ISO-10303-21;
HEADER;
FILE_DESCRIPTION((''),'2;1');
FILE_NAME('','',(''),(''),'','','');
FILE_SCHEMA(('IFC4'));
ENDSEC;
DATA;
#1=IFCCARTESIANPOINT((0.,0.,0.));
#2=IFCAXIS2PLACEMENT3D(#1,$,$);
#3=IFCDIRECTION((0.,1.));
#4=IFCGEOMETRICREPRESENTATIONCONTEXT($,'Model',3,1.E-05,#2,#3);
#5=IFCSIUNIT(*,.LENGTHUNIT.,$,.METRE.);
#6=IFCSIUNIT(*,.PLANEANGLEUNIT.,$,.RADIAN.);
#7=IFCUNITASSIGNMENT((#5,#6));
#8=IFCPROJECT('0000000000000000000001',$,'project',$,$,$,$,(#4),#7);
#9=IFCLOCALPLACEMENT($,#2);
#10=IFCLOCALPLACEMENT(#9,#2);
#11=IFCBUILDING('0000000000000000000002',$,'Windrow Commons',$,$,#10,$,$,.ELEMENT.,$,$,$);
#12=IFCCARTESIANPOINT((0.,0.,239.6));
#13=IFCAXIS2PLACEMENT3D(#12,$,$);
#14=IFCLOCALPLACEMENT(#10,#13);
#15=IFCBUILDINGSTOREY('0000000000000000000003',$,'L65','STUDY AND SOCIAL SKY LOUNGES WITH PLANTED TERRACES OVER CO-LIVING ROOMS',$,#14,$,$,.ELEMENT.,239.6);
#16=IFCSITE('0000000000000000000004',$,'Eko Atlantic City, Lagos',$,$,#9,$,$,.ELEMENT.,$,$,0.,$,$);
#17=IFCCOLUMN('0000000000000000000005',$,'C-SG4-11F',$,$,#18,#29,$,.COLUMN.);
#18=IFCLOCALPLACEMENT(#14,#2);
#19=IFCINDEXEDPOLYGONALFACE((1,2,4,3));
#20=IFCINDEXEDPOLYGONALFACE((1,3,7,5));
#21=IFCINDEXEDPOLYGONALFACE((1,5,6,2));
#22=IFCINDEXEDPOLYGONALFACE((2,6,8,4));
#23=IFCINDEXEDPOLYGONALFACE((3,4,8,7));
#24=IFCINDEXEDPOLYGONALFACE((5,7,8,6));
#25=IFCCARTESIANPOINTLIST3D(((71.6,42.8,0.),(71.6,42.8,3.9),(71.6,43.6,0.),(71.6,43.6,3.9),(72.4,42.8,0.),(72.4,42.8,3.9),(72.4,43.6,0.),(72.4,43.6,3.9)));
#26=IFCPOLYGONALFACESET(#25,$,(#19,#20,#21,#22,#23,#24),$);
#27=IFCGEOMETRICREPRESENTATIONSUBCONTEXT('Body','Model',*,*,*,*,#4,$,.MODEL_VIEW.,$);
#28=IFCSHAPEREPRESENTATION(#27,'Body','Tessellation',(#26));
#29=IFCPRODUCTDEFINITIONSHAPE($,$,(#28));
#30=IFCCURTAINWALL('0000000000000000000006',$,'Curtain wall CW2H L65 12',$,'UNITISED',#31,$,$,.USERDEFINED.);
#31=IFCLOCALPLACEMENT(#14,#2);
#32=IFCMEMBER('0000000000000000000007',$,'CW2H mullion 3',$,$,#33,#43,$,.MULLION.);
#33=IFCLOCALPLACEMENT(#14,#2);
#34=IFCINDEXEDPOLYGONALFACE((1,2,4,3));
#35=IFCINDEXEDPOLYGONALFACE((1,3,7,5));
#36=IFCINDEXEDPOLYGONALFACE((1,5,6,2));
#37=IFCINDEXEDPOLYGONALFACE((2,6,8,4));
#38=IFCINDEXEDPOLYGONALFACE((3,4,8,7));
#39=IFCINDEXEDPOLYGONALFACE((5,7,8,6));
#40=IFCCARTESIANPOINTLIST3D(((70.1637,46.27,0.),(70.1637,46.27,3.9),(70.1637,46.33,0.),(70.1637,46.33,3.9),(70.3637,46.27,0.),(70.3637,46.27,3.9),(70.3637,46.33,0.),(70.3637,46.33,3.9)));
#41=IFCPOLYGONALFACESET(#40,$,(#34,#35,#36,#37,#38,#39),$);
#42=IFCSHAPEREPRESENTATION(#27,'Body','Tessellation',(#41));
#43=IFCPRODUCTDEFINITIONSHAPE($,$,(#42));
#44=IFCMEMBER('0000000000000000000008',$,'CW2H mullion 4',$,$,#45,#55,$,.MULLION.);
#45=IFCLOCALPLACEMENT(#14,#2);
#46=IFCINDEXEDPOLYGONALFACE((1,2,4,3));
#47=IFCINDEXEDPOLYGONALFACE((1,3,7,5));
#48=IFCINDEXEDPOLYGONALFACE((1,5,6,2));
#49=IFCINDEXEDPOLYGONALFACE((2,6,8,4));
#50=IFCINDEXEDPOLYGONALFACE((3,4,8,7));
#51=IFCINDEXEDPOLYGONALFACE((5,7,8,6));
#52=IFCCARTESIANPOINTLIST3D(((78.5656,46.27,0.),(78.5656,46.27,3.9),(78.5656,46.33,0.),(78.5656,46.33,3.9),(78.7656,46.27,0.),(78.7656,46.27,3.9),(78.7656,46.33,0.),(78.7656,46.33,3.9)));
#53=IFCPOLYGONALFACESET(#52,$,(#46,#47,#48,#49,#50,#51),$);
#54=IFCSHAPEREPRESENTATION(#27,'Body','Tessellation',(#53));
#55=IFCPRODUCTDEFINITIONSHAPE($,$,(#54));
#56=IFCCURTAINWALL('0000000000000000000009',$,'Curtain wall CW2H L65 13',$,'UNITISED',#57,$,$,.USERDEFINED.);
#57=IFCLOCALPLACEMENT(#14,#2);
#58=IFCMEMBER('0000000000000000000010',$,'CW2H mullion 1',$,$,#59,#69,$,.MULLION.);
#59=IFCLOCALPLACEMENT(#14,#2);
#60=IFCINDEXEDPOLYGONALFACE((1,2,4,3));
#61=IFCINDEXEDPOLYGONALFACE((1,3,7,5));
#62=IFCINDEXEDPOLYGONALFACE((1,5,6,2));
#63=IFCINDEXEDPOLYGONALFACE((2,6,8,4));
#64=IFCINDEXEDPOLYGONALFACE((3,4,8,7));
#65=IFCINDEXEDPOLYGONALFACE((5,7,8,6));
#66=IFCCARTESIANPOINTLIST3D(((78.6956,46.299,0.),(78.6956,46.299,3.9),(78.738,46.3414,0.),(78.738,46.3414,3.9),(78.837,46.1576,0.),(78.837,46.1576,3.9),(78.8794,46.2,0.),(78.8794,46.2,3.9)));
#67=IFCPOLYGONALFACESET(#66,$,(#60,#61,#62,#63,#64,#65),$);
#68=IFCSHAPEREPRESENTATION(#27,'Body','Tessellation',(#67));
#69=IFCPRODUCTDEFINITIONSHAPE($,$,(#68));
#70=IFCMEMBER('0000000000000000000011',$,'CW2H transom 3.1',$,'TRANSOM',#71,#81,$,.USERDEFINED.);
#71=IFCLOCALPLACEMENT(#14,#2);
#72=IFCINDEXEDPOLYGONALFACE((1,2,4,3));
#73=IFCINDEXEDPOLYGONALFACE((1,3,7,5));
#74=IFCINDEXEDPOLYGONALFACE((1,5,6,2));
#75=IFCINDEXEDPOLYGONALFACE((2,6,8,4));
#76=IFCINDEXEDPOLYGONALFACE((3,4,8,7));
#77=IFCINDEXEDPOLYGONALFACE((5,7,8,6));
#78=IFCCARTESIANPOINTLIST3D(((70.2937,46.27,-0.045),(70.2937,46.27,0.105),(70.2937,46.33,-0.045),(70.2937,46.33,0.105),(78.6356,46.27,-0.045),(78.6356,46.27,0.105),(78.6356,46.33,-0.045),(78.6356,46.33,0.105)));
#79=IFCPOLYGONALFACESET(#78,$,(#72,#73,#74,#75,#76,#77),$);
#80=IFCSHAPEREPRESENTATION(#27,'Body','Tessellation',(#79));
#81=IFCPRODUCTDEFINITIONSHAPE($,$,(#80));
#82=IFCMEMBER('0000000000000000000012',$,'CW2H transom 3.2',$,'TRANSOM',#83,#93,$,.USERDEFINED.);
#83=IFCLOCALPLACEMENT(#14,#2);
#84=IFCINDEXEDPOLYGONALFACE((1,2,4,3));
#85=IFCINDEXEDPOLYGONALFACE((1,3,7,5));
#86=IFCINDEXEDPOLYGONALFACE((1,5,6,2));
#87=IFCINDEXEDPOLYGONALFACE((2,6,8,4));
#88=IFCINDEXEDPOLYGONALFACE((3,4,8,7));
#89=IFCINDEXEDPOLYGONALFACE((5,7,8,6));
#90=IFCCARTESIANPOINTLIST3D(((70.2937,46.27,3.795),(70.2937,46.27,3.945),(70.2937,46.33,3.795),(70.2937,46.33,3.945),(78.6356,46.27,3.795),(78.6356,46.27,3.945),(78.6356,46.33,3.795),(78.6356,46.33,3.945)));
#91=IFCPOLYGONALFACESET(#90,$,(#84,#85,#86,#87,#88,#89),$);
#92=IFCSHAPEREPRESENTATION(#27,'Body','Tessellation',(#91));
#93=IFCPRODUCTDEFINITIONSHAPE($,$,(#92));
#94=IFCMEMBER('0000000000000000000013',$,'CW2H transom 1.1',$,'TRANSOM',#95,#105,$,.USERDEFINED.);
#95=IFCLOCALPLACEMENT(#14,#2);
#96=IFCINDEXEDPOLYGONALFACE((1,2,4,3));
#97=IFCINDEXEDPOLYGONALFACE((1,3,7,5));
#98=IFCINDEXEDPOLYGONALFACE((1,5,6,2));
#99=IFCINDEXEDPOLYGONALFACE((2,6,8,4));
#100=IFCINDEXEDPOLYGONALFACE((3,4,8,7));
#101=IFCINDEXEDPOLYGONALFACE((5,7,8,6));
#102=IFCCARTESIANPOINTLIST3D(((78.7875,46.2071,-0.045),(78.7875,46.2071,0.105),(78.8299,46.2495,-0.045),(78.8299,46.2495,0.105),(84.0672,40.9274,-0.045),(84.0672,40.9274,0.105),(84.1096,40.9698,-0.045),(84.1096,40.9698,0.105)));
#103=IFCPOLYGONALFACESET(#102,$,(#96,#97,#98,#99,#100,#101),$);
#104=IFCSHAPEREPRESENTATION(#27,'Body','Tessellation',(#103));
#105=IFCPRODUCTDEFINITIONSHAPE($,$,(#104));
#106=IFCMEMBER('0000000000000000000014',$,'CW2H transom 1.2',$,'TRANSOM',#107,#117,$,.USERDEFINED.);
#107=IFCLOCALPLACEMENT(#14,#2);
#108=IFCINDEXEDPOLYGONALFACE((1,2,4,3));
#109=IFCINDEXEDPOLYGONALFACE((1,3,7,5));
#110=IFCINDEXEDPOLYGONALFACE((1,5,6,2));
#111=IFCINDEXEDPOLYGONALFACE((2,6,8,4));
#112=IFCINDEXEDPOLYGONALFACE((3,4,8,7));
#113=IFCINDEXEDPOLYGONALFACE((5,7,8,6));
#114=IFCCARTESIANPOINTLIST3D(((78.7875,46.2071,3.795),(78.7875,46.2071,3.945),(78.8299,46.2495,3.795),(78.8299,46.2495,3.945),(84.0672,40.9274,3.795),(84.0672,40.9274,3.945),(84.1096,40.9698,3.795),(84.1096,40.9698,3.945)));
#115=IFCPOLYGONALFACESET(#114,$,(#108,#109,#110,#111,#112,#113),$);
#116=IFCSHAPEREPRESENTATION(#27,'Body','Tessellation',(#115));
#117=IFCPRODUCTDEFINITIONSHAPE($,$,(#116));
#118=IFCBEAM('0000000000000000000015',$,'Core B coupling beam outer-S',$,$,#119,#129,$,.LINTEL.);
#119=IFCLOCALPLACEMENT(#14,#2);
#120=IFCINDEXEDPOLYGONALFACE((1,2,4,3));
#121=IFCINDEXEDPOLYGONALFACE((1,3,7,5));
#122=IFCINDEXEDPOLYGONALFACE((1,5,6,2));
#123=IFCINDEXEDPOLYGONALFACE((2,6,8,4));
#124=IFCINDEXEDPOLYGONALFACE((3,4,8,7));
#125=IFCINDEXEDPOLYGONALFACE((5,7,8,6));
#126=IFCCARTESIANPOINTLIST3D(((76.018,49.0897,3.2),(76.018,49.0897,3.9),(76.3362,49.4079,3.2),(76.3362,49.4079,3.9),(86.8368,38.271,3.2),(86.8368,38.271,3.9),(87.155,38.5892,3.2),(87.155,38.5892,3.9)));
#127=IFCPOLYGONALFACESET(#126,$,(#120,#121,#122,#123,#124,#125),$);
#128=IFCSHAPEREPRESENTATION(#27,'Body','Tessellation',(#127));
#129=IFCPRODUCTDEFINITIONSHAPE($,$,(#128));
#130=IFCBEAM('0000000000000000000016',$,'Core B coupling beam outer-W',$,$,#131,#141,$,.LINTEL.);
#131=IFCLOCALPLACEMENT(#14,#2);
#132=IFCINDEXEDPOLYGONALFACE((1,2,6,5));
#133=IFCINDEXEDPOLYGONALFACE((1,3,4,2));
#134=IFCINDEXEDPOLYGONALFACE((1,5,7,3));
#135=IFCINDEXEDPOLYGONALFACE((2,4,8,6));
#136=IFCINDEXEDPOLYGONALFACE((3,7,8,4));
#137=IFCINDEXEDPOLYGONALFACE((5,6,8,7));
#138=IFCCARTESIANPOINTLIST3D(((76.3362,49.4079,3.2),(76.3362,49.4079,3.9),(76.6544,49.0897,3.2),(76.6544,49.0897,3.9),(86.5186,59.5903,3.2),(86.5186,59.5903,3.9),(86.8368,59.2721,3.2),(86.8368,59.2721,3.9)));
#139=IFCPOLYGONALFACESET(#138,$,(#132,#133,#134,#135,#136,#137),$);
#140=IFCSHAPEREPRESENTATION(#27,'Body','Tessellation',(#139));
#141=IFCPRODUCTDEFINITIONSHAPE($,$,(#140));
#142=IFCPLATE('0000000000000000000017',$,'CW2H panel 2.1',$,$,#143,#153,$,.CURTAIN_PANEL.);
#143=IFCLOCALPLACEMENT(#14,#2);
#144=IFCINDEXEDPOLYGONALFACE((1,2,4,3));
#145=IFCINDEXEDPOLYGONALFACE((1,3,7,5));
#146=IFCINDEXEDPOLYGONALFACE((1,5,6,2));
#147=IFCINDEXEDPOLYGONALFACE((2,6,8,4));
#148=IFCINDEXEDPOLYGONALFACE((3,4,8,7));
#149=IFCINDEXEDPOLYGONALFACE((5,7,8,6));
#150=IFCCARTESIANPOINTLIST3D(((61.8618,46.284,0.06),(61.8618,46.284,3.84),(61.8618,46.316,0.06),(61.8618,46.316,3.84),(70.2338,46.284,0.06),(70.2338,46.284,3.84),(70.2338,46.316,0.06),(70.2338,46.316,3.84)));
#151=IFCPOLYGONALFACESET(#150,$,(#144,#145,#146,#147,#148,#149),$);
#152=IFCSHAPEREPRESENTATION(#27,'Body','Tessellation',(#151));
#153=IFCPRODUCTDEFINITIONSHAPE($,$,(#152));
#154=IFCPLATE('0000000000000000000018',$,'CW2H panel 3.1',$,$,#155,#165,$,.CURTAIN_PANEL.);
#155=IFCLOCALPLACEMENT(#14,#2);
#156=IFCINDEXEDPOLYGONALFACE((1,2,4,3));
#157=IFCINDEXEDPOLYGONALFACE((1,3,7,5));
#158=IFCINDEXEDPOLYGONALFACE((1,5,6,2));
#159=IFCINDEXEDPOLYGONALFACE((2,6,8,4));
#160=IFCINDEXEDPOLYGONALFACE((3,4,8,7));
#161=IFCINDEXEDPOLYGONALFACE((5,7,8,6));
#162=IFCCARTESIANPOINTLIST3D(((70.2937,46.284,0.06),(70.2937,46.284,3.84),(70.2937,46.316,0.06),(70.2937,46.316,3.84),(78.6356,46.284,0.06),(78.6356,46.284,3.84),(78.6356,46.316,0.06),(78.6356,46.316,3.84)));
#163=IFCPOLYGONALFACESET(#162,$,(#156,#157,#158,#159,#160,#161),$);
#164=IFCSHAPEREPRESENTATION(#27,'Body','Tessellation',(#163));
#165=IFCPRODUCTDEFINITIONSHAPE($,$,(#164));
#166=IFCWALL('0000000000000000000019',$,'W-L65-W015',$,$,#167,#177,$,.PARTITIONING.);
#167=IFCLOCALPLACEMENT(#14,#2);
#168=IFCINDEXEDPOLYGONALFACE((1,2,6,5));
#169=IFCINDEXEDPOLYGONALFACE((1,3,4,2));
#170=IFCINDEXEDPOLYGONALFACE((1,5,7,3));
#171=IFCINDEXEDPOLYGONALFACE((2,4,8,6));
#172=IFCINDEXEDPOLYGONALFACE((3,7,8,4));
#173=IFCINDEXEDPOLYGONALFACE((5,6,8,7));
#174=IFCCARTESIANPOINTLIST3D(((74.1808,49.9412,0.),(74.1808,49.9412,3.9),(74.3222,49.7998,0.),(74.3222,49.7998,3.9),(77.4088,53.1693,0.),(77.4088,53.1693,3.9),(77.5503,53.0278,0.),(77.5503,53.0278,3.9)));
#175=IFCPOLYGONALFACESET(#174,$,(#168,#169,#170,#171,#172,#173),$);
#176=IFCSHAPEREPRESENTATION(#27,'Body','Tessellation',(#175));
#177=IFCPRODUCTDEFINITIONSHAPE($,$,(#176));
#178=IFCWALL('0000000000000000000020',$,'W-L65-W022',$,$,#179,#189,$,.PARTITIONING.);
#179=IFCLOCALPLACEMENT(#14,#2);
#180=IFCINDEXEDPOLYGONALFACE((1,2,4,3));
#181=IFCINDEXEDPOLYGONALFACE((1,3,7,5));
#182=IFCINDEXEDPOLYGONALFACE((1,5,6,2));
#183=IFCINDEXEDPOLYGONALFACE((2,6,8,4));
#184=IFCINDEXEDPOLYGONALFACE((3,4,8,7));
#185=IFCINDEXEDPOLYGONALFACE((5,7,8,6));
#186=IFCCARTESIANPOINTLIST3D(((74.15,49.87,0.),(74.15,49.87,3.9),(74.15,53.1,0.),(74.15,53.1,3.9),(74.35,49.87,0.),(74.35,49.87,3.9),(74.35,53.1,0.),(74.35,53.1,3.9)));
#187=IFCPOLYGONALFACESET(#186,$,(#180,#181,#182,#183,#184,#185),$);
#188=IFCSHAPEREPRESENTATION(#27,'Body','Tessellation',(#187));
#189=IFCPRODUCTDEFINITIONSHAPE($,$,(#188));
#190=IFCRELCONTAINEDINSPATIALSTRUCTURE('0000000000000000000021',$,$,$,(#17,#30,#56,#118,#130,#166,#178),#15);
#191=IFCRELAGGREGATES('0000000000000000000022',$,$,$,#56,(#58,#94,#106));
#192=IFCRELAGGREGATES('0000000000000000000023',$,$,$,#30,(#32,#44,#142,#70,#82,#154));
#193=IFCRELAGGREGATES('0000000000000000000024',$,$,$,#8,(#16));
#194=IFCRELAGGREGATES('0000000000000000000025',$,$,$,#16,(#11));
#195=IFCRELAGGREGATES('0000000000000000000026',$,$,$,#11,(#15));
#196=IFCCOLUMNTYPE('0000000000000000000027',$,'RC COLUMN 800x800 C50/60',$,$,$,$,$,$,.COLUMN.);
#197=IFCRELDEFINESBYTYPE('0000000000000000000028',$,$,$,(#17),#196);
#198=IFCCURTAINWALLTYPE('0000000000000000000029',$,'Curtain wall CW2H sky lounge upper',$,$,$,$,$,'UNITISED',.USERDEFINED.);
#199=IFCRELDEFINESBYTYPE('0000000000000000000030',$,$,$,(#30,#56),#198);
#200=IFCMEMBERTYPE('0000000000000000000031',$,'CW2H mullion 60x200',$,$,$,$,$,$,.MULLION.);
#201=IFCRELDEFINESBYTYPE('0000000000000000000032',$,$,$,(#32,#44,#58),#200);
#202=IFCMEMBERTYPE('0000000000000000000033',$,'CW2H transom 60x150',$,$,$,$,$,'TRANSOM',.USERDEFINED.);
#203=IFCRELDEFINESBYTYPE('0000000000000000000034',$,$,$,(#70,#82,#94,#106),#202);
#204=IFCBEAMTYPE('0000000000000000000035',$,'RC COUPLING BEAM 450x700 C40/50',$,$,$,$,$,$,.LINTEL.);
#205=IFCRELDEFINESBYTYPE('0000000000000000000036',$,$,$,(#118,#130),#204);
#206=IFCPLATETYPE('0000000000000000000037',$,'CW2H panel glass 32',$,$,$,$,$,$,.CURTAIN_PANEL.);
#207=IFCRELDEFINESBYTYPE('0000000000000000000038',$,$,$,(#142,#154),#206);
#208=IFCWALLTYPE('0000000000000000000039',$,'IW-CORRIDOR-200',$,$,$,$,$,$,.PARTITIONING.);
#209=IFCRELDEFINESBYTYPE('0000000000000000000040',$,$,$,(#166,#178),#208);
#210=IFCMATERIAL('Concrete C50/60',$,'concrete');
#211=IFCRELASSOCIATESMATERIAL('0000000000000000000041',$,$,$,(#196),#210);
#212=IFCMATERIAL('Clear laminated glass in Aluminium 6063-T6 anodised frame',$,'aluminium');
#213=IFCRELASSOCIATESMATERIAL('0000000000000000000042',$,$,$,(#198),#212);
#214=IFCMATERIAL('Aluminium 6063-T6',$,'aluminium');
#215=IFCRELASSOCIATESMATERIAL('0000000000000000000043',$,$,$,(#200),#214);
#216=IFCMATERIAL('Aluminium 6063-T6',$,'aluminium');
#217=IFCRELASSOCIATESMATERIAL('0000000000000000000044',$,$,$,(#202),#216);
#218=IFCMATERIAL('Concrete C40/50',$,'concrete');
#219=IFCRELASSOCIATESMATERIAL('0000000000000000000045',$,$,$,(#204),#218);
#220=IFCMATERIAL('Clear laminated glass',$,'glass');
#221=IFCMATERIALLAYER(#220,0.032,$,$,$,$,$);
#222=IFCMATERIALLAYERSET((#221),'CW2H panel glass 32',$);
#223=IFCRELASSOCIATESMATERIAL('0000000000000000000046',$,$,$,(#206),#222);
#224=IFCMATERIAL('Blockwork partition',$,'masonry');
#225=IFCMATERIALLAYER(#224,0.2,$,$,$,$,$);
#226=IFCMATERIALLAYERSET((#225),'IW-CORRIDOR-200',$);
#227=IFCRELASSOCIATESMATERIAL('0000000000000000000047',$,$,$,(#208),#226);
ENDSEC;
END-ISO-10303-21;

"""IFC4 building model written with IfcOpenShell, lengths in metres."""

from ifc_helpers import new_model, si_unit, direction, frame, frame_2d, origin, origin_2d, place, context, subcontext, project, spatial, rectangle, extrude, material, layer, layer_set, material_profile, profile_set, type_object, element, aggregate, save


model = new_model("IFC4")

# Units and contexts
model_context = context("Model", 3, precision=1e-05, world=origin(), true_north=direction((0.0, 1.0)))
body_context = subcontext(model_context, "Body", "Model", "MODEL_VIEW")
ifc_project = project(units=[si_unit("LENGTHUNIT", "METRE"), si_unit("PLANEANGLEUNIT", "RADIAN")], contexts=[model_context])

# Site, building, storey
site_placement = place(None, origin())
site = spatial("IfcSite", under=ifc_project, at=site_placement, Name="Eko Atlantic City, Lagos", CompositionType="ELEMENT", RefElevation=0.0)
building_placement = place(site_placement, origin())
building = spatial("IfcBuilding", under=site, at=building_placement, Name="Windrow Commons", CompositionType="ELEMENT")
storey_placement = place(building_placement, frame((0.0, 0.0, 239.6)))
storey = spatial("IfcBuildingStorey", under=building, at=storey_placement, Name="L65", Description="STUDY AND SOCIAL SKY LOUNGES WITH PLANTED TERRACES OVER CO-LIVING ROOMS", CompositionType="ELEMENT", Elevation=239.6)

# Column
ifc_material_1 = material(Name="Concrete C50/60", Category="concrete")
ifc_material_profile_1 = material_profile(ifc_material_1, rectangle(XDim=0.8, YDim=0.8, at=origin_2d()))
ifc_profile_set_1 = profile_set([ifc_material_profile_1], Name="Concrete C50/60")
column_type = type_object("IfcColumnType", Name="RC COLUMN 800x800 C50/60", PredefinedType="COLUMN", material=ifc_profile_set_1)
column_placement = place(storey_placement, frame((72.0, 43.2, 0.0), z_axis=(0.0, 0.0, 1.0), x_axis=(1.0, 0.0, 0.0)))
element("IfcColumn", 1, at=column_placement, inside=storey, type_object=column_type, Name="C-SG4-11F", PredefinedType="COLUMN", context=body_context, shape_type="SweptSolid", body=[
    extrude(rectangle(XDim=0.8, YDim=0.8, at=origin_2d()), origin(), (0.0, 0.0, 1.0), 3.9),
])

# Curtain wall, members
ifc_material_2 = material(Name="Clear laminated glass in Aluminium 6063-T6 anodised frame", Category="aluminium")
curtain_wall_type = type_object("IfcCurtainWallType", Name="Curtain wall CW2H sky lounge upper", ElementType="UNITISED", PredefinedType="USERDEFINED", material=ifc_material_2)
placement = place(storey_placement, origin())
curtain_wall_1 = element("IfcCurtainWall", 2, at=placement, inside=storey, type_object=curtain_wall_type, Name="Curtain wall CW2H L65 12", ObjectType="UNITISED", PredefinedType="USERDEFINED")
ifc_material_3 = material(Name="Aluminium 6063-T6", Category="aluminium")
ifc_material_profile_2 = material_profile(ifc_material_3, rectangle(XDim=0.06, YDim=0.2, at=origin_2d()))
ifc_profile_set_2 = profile_set([ifc_material_profile_2], Name="Aluminium 6063-T6")
member_type_1 = type_object("IfcMemberType", Name="CW2H mullion 60x200", PredefinedType="MULLION", material=ifc_profile_set_2)
member_1_placement = place(storey_placement, frame((70.2637, 46.3, 0.0), z_axis=(0.0, 0.0, 1.0), x_axis=(0.0, 1.0, 0.0)))
member_1 = element("IfcMember", 3, at=member_1_placement, type_object=member_type_1, Name="CW2H mullion 3", PredefinedType="MULLION", context=body_context, shape_type="SweptSolid", body=[
    extrude(rectangle(XDim=0.06, YDim=0.2, at=origin_2d()), origin(), (0.0, 0.0, 1.0), 3.9),
])
member_2_placement = place(storey_placement, frame((78.6656, 46.3, 0.0), z_axis=(0.0, 0.0, 1.0), x_axis=(0.0, 1.0, 0.0)))
member_2 = element("IfcMember", 4, at=member_2_placement, type_object=member_type_1, Name="CW2H mullion 4", PredefinedType="MULLION", context=body_context, shape_type="SweptSolid", body=[
    extrude(rectangle(XDim=0.06, YDim=0.2, at=origin_2d()), origin(), (0.0, 0.0, 1.0), 3.9),
])

# Curtain wall, member
curtain_wall_2 = element("IfcCurtainWall", 5, at=placement, inside=storey, type_object=curtain_wall_type, Name="Curtain wall CW2H L65 13", ObjectType="UNITISED", PredefinedType="USERDEFINED")
member_3_placement = place(storey_placement, frame((78.7875, 46.2495, 0.0), z_axis=(0.0, 0.0, 1.0), x_axis=(0.707107, 0.707107, 0.0)))
member_3 = element("IfcMember", 6, at=member_3_placement, type_object=member_type_1, Name="CW2H mullion 1", PredefinedType="MULLION", context=body_context, shape_type="SweptSolid", body=[
    extrude(rectangle(XDim=0.06, YDim=0.2, at=origin_2d()), origin(), (0.0, 0.0, 1.0), 3.9),
])

# Members
ifc_material_4 = material(Name="Aluminium 6063-T6", Category="aluminium")
ifc_material_profile_3 = material_profile(ifc_material_4, rectangle(XDim=0.06, YDim=0.15, at=origin_2d()))
ifc_profile_set_3 = profile_set([ifc_material_profile_3], Name="Aluminium 6063-T6")
member_type_2 = type_object("IfcMemberType", Name="CW2H transom 60x150", ElementType="TRANSOM", PredefinedType="USERDEFINED", material=ifc_profile_set_3)
member_4_placement = place(storey_placement, frame((70.2937, 46.3, 0.03), z_axis=(1.0, 0.0, 0.0), x_axis=(0.0, 1.0, 0.0)))
member_4 = element("IfcMember", 7, at=member_4_placement, type_object=member_type_2, Name="CW2H transom 3.1", ObjectType="TRANSOM", PredefinedType="USERDEFINED", context=body_context, shape_type="SweptSolid", body=[
    extrude(rectangle(XDim=0.06, YDim=0.15, at=origin_2d()), origin(), (0.0, 0.0, 1.0), 8.3419),
])
member_5_placement = place(storey_placement, frame((70.2937, 46.3, 3.87), z_axis=(1.0, 0.0, 0.0), x_axis=(0.0, 1.0, 0.0)))
member_5 = element("IfcMember", 8, at=member_5_placement, type_object=member_type_2, Name="CW2H transom 3.2", ObjectType="TRANSOM", PredefinedType="USERDEFINED", context=body_context, shape_type="SweptSolid", body=[
    extrude(rectangle(XDim=0.06, YDim=0.15, at=origin_2d()), origin(), (0.0, 0.0, 1.0), 8.3419),
])
member_6_placement = place(storey_placement, frame((78.8087, 46.2283, 0.03), z_axis=(0.707107, -0.707107, 0.0), x_axis=(0.707107, 0.707107, 0.0)))
member_6 = element("IfcMember", 9, at=member_6_placement, type_object=member_type_2, Name="CW2H transom 1.1", ObjectType="TRANSOM", PredefinedType="USERDEFINED", context=body_context, shape_type="SweptSolid", body=[
    extrude(rectangle(XDim=0.06, YDim=0.15, at=origin_2d()), origin(), (0.0, 0.0, 1.0), 7.4666),
])
member_7_placement = place(storey_placement, frame((78.8087, 46.2283, 3.87), z_axis=(0.707107, -0.707107, 0.0), x_axis=(0.707107, 0.707107, 0.0)))
member_7 = element("IfcMember", 10, at=member_7_placement, type_object=member_type_2, Name="CW2H transom 1.2", ObjectType="TRANSOM", PredefinedType="USERDEFINED", context=body_context, shape_type="SweptSolid", body=[
    extrude(rectangle(XDim=0.06, YDim=0.15, at=origin_2d()), origin(), (0.0, 0.0, 1.0), 7.4666),
])
aggregate(curtain_wall_2, [member_3, member_6, member_7])

# Beams
ifc_material_5 = material(Name="Concrete C40/50", Category="concrete")
ifc_material_profile_4 = material_profile(ifc_material_5, rectangle(XDim=0.45, YDim=0.7, at=origin_2d()))
ifc_profile_set_4 = profile_set([ifc_material_profile_4], Name="Concrete C40/50")
beam_type = type_object("IfcBeamType", Name="RC COUPLING BEAM 450x700 C40/50", PredefinedType="LINTEL", material=ifc_profile_set_4)
beam_1_placement = place(storey_placement, frame((76.1771, 49.2488, 3.55), z_axis=(0.70711, -0.707104, 0.0), x_axis=(0.707104, 0.70711, 0.0)))
element("IfcBeam", 11, at=beam_1_placement, inside=storey, type_object=beam_type, Name="Core B coupling beam outer-S", PredefinedType="LINTEL", context=body_context, shape_type="SweptSolid", body=[
    extrude(rectangle(XDim=0.45, YDim=0.7, at=origin_2d()), origin(), (0.0, 0.0, 1.0), 15.3),
])
beam_2_placement = place(storey_placement, frame((76.4953, 49.2488, 3.55), z_axis=(0.707107, 0.707107, 0.0), x_axis=(-0.707107, 0.707107, 0.0)))
element("IfcBeam", 12, at=beam_2_placement, inside=storey, type_object=beam_type, Name="Core B coupling beam outer-W", PredefinedType="LINTEL", context=body_context, shape_type="SweptSolid", body=[
    extrude(rectangle(XDim=0.45, YDim=0.7, at=origin_2d()), origin(), (0.0, 0.0, 1.0), 14.4001),
])

# Plates
ifc_material_6 = material(Name="Clear laminated glass", Category="glass")
ifc_layer_1 = layer(ifc_material_6, 0.032)
ifc_layer_set_1 = layer_set([ifc_layer_1], Name="CW2H panel glass 32")
plate_type = type_object("IfcPlateType", Name="CW2H panel glass 32", PredefinedType="CURTAIN_PANEL", material=ifc_layer_set_1)
plate_1_placement = place(storey_placement, frame((66.0478, 46.3, 0.06), z_axis=(0.0, 0.0, 1.0), x_axis=(1.0, 0.0, 0.0)))
plate_1 = element("IfcPlate", 13, at=plate_1_placement, type_object=plate_type, Name="CW2H panel 2.1", PredefinedType="CURTAIN_PANEL", context=body_context, shape_type="SweptSolid", body=[
    extrude(rectangle(XDim=8.3719, YDim=0.032, at=origin_2d()), origin(), (0.0, 0.0, 1.0), 3.78),
])
plate_2_placement = place(storey_placement, frame((74.4647, 46.3, 0.06), z_axis=(0.0, 0.0, 1.0), x_axis=(1.0, 0.0, 0.0)))
plate_2 = element("IfcPlate", 14, at=plate_2_placement, type_object=plate_type, Name="CW2H panel 3.1", PredefinedType="CURTAIN_PANEL", context=body_context, shape_type="SweptSolid", body=[
    extrude(rectangle(XDim=8.3419, YDim=0.032, at=origin_2d()), origin(), (0.0, 0.0, 1.0), 3.78),
])
aggregate(curtain_wall_1, [member_1, member_2, plate_1, member_4, member_5, plate_2])

# Walls
ifc_material_7 = material(Name="Blockwork partition", Category="masonry")
ifc_layer_2 = layer(ifc_material_7, 0.2)
ifc_layer_set_2 = layer_set([ifc_layer_2], Name="IW-CORRIDOR-200")
wall_type_1 = type_object("IfcWallType", Name="IW-CORRIDOR-200", PredefinedType="PARTITIONING", material=ifc_layer_set_2)
wall_1_placement = place(storey_placement, frame((74.2515, 49.8705, 0.0), z_axis=(0.0, 0.0, 1.0), x_axis=(0.707107, 0.707107, 0.0)))
element("IfcWall", 15, at=wall_1_placement, inside=storey, type_object=wall_type_1, Name="W-L65-W015", PredefinedType="PARTITIONING", context=body_context, shape_type="SweptSolid", body=[
    extrude(rectangle(XDim=4.5651, YDim=0.2, at=frame_2d((2.2826, 0.0))), origin(), (0.0, 0.0, 1.0), 3.9),
])
wall_2_placement = place(storey_placement, frame((74.25, 49.87, 0.0), z_axis=(0.0, 0.0, 1.0), x_axis=(0.0, 1.0, 0.0)))
element("IfcWall", 16, at=wall_2_placement, inside=storey, type_object=wall_type_1, Name="W-L65-W022", PredefinedType="PARTITIONING", context=body_context, shape_type="SweptSolid", body=[
    extrude(rectangle(XDim=3.23, YDim=0.2, at=frame_2d((1.615, 0.0))), origin(), (0.0, 0.0, 1.0), 3.9),
])

save(model, "model.ifc")
